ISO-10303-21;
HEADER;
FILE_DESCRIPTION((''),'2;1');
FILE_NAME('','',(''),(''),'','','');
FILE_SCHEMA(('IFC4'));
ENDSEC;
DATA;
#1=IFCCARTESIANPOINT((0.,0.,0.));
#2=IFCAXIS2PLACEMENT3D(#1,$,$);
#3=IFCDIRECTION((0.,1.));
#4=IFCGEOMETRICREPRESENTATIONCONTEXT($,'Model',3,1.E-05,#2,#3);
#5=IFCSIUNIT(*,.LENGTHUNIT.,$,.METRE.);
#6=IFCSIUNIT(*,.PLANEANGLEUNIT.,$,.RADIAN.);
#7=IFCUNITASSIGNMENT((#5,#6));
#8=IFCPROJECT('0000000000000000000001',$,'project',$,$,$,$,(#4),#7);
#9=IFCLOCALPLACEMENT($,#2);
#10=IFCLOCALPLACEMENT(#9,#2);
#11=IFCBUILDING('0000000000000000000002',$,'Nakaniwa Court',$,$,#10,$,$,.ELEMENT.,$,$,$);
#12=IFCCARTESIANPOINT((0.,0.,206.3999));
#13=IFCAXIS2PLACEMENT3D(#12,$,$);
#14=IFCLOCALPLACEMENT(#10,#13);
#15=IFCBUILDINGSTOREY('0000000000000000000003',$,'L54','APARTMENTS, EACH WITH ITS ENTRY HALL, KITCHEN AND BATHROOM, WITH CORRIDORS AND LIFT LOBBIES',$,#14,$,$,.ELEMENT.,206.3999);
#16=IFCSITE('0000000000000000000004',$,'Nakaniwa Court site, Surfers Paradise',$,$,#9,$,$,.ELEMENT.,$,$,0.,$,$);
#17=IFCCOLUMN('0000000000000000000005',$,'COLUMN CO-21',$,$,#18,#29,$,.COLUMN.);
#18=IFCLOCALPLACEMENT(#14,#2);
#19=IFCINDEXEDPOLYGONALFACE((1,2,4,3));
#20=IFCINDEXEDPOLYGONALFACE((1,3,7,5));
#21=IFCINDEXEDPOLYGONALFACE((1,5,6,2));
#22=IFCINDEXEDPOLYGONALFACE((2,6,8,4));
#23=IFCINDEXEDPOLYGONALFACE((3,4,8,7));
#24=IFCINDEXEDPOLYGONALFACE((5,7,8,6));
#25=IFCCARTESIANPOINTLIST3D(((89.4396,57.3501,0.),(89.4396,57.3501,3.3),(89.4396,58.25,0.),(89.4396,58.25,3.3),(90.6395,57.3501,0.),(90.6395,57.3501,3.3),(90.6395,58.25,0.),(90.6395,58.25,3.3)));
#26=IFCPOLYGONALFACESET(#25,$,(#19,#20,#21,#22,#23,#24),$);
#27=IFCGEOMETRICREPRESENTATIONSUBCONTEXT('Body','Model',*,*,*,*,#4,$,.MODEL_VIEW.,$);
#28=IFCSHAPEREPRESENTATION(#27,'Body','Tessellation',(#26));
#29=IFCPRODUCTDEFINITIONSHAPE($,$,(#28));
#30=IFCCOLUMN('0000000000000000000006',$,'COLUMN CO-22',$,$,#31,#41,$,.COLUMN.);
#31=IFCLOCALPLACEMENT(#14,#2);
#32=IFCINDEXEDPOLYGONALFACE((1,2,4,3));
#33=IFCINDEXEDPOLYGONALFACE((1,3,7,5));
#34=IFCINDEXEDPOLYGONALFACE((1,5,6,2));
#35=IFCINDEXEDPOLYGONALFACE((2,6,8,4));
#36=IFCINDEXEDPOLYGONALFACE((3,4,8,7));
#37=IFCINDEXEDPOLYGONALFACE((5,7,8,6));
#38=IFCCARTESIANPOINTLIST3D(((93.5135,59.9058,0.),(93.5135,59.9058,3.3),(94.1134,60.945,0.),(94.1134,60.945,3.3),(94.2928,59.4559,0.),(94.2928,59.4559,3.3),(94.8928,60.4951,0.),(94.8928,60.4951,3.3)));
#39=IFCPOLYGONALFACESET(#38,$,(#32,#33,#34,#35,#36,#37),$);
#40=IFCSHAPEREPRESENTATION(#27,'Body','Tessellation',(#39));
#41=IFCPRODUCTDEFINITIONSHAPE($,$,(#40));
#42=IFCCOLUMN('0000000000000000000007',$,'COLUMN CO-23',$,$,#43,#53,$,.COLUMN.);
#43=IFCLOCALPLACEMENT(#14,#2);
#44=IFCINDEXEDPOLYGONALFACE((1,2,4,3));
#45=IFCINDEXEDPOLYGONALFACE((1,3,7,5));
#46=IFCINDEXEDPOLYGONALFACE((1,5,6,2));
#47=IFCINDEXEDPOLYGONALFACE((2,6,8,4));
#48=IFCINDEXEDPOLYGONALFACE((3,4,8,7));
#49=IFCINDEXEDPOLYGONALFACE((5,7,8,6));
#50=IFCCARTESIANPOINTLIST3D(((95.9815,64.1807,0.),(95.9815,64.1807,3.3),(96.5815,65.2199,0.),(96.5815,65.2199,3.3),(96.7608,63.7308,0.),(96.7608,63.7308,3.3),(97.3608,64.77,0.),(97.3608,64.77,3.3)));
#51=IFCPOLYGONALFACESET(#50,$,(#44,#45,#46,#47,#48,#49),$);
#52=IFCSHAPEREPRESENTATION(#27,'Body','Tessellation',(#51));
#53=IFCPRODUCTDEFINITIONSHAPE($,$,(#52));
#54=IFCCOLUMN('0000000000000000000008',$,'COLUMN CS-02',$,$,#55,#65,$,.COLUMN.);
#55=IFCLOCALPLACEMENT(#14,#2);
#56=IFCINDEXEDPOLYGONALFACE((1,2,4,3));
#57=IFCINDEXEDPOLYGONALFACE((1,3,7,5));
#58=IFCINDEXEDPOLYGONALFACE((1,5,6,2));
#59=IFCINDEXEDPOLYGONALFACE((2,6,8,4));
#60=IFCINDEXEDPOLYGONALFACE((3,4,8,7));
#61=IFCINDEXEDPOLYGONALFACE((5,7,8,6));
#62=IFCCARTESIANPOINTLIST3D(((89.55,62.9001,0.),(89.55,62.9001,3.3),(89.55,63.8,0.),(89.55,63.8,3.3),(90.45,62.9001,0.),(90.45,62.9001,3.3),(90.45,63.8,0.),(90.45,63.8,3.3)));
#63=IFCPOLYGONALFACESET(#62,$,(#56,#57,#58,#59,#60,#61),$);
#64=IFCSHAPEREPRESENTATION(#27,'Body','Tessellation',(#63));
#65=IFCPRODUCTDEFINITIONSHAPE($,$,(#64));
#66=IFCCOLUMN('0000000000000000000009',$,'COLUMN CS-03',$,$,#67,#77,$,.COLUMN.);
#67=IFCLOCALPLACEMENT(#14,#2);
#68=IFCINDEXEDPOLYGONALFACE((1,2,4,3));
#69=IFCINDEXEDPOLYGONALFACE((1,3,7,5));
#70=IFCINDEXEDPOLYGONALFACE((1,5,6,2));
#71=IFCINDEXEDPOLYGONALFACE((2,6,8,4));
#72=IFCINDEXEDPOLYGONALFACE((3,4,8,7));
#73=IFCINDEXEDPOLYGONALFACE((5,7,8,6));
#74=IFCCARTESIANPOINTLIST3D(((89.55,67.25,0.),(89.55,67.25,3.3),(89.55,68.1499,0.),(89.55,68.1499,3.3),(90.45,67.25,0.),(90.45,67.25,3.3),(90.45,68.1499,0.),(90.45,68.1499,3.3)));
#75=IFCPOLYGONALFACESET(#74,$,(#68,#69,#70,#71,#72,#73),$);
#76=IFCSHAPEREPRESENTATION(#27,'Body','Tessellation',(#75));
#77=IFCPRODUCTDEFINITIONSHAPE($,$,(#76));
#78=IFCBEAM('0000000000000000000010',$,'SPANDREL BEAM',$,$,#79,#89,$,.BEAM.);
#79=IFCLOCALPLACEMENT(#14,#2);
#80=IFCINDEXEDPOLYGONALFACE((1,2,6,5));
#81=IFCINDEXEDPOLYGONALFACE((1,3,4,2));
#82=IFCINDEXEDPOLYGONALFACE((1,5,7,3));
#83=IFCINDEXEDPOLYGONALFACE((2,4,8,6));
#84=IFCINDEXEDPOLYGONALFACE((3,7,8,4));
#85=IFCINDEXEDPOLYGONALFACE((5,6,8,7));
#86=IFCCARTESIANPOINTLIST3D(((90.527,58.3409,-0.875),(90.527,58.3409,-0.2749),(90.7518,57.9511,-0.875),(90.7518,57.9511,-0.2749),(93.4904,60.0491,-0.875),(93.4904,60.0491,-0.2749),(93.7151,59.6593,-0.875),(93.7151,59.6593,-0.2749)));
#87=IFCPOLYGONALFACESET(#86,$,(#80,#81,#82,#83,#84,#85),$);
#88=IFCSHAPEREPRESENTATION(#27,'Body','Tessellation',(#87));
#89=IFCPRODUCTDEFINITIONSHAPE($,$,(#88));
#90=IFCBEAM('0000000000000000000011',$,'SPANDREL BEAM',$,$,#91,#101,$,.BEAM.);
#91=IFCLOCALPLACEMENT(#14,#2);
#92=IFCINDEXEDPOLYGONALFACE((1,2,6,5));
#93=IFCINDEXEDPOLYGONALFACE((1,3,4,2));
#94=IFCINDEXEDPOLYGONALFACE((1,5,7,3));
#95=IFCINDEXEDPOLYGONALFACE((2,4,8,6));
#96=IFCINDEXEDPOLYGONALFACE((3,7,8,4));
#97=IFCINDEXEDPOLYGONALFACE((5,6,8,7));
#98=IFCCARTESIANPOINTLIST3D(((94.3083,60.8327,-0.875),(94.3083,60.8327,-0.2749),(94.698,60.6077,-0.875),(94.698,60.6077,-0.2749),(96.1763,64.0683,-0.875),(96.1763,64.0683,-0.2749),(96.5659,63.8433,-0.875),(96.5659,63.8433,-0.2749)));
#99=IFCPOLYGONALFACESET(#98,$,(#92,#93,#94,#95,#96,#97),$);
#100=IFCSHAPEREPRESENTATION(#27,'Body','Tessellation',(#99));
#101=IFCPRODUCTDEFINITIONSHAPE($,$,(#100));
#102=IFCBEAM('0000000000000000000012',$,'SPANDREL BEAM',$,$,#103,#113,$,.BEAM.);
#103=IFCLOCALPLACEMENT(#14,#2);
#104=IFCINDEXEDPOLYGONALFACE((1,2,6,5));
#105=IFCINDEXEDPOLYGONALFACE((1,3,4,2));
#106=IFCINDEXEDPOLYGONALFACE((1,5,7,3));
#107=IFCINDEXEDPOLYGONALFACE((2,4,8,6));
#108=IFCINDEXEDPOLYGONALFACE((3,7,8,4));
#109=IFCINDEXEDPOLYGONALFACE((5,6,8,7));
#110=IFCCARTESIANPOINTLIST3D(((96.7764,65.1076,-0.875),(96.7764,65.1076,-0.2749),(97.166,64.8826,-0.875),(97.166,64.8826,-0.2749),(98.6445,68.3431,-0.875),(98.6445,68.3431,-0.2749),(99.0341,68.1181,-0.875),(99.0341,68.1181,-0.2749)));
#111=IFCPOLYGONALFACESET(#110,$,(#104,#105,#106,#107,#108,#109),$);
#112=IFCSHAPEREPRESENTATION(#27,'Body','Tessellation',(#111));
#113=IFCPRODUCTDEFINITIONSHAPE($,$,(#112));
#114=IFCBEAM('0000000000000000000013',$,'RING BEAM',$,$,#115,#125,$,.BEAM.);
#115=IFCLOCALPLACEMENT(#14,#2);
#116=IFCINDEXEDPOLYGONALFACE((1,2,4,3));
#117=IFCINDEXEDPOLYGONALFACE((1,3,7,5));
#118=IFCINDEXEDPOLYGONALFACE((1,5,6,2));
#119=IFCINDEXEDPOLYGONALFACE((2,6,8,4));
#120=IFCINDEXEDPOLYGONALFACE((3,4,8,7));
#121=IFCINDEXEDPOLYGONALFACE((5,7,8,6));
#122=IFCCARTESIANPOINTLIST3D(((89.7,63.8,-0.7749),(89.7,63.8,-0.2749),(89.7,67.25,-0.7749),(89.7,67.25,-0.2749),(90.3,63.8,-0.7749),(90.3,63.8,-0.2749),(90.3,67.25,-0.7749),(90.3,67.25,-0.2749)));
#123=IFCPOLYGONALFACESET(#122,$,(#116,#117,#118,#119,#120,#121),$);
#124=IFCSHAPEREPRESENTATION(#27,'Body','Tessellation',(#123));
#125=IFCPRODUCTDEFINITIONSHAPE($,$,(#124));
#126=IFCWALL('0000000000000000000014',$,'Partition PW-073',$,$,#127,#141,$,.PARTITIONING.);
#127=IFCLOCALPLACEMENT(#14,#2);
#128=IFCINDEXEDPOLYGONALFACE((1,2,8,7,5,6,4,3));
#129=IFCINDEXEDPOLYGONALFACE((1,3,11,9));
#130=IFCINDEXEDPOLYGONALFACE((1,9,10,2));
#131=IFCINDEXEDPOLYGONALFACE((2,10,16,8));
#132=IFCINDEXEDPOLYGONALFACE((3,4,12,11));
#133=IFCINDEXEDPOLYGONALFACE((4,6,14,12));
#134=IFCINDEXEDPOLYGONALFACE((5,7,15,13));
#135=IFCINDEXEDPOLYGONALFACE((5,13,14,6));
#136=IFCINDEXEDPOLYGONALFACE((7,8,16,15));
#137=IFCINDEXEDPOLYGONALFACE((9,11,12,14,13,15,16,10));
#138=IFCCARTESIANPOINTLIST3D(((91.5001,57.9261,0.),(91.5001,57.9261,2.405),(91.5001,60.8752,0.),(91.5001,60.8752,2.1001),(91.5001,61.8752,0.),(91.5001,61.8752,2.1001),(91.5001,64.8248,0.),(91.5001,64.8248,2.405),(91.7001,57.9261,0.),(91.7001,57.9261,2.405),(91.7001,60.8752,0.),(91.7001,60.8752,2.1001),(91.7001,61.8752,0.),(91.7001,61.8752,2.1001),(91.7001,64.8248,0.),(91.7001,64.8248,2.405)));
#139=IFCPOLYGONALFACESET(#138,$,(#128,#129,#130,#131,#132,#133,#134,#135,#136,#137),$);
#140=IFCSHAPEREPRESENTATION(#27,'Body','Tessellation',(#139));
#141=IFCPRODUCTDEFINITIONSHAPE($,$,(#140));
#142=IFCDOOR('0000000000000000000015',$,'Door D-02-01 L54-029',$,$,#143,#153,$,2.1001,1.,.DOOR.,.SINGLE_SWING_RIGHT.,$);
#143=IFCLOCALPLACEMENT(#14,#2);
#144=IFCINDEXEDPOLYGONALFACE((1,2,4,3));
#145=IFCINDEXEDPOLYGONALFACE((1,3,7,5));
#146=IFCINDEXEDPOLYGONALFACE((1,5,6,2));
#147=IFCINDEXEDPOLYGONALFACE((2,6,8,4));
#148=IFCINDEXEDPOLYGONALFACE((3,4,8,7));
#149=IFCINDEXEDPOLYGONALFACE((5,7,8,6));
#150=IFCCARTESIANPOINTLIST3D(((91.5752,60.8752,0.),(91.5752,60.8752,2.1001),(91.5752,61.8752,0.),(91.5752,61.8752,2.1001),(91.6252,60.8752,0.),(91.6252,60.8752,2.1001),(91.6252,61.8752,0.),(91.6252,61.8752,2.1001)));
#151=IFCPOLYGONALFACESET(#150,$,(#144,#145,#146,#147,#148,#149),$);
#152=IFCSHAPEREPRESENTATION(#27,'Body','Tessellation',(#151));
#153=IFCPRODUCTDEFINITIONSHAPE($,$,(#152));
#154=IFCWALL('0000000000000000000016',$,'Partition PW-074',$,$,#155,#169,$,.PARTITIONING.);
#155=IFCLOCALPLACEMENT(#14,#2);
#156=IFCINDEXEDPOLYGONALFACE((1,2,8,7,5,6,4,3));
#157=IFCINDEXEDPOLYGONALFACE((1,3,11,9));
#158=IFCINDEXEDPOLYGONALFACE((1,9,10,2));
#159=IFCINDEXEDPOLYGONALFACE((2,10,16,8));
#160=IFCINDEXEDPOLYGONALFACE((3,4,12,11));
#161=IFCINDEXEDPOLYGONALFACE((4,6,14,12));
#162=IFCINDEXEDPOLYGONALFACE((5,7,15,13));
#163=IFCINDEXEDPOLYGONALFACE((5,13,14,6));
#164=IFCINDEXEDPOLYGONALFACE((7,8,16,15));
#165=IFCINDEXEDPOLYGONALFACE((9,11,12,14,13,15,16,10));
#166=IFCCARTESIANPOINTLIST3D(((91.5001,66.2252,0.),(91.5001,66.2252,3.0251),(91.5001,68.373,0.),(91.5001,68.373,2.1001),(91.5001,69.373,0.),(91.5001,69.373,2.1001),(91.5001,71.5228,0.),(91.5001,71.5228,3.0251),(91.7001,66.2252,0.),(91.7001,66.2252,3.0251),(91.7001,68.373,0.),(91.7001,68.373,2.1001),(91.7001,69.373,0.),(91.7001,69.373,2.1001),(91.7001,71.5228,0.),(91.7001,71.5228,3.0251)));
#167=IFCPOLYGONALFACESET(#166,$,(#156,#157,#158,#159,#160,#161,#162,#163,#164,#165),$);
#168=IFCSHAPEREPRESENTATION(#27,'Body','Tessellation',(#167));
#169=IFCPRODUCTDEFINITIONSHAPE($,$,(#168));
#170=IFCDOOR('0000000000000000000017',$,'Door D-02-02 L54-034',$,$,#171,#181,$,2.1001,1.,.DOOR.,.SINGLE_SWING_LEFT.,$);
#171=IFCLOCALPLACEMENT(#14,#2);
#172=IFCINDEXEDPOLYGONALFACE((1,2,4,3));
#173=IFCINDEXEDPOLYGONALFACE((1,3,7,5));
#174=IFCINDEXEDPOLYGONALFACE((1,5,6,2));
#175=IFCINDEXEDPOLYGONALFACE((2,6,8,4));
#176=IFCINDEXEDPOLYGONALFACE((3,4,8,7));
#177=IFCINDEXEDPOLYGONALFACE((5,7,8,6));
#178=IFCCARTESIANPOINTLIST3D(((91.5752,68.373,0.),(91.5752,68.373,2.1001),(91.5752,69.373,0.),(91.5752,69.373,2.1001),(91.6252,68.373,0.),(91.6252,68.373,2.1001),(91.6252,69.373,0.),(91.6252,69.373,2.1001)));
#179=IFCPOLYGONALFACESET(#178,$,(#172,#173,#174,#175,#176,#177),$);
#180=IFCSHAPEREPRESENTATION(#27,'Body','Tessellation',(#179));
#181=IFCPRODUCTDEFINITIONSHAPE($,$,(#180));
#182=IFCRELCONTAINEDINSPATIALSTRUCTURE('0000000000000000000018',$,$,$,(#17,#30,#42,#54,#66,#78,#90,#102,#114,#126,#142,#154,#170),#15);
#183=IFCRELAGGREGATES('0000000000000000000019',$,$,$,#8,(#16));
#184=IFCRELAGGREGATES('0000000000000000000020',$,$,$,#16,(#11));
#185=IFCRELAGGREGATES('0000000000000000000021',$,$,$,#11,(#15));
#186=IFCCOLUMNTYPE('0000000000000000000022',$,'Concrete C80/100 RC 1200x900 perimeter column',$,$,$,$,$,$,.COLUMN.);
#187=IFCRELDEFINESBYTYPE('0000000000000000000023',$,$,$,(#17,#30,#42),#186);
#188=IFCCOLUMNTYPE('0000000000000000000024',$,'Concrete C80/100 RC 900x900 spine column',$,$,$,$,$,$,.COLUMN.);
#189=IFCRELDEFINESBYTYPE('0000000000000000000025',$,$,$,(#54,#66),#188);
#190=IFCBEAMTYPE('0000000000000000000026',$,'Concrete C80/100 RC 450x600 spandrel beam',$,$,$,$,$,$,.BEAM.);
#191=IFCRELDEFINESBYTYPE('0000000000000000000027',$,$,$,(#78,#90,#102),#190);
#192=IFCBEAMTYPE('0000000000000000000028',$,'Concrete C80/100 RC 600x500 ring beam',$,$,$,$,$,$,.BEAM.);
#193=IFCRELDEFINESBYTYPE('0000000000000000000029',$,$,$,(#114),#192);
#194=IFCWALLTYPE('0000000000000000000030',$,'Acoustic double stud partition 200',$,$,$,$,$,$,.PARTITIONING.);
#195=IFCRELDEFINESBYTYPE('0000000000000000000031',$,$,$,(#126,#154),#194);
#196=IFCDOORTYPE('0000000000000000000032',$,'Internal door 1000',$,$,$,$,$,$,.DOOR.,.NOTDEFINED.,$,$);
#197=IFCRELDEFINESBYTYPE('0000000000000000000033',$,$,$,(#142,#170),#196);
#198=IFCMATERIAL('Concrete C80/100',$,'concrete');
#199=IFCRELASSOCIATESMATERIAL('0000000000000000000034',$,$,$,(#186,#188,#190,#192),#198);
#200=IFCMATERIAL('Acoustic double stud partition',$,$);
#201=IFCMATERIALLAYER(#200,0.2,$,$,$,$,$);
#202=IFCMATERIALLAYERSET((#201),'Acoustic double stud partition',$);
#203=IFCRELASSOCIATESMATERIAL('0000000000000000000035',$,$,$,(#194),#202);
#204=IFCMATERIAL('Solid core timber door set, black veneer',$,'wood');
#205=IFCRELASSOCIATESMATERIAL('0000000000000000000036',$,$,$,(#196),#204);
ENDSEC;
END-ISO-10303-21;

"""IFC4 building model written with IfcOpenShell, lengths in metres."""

from ifc_helpers import new_model, si_unit, direction, frame, frame_2d, origin, origin_2d, place, context, subcontext, project, spatial, rectangle, extrude, material, layer, layer_set, material_profile, profile_set, type_object, element, fill, save


model = new_model("IFC4")

# Units and contexts
model_context = context("Model", 3, precision=1e-05, world=origin(), true_north=direction((0.0, 1.0)))
body_context = subcontext(model_context, "Body", "Model", "MODEL_VIEW")
ifc_project = project(units=[si_unit("LENGTHUNIT", "METRE"), si_unit("PLANEANGLEUNIT", "RADIAN")], contexts=[model_context])

# Site, building, storey
site_placement = place(None, origin())
site = spatial("IfcSite", under=ifc_project, at=site_placement, Name="Nakaniwa Court site, Surfers Paradise", CompositionType="ELEMENT", RefElevation=0.0)
building_placement = place(site_placement, origin())
building = spatial("IfcBuilding", under=site, at=building_placement, Name="Nakaniwa Court", CompositionType="ELEMENT")
storey_placement = place(building_placement, frame((0.0, 0.0, 206.3999)))
storey = spatial("IfcBuildingStorey", under=building, at=storey_placement, Name="L54", Description="APARTMENTS, EACH WITH ITS ENTRY HALL, KITCHEN AND BATHROOM, WITH CORRIDORS AND LIFT LOBBIES", CompositionType="ELEMENT", Elevation=206.3999)

# Columns
ifc_material_1 = material(Name="Concrete C80/100", Category="concrete")
ifc_material_profile_1 = material_profile(ifc_material_1, rectangle(XDim=1.2, YDim=0.8999, at=origin_2d()), Name="Concrete C80/100 RC 1200x900 perimeter column")
ifc_profile_set_1 = profile_set([ifc_material_profile_1], Name="Concrete C80/100")
column_type_1 = type_object("IfcColumnType", Name="Concrete C80/100 RC 1200x900 perimeter column", PredefinedType="COLUMN", material=ifc_profile_set_1)
for number, where, z_axis, x_axis, name in (
    (1, (90.0396, 57.8, 0.0), (0.0, 0.0, 1.0), (1.0, 0.0, 0.0), "COLUMN CO-21"),
    (2, (94.2031, 60.2004, 0.0), (0.0, 0.0, 1.0), (0.5, 0.866025, 0.0), "COLUMN CO-22"),
    (3, (96.6711, 64.4753, 0.0), (0.0, 0.0, 1.0), (0.5, 0.866025, 0.0), "COLUMN CO-23"),
):
    element("IfcColumn", number, at=place(storey_placement, frame(where, z_axis=z_axis, x_axis=x_axis)), inside=storey, type_object=column_type_1, Name=name, PredefinedType="COLUMN", context=body_context, shape_type="SweptSolid", body=[
        extrude(rectangle(XDim=1.2, YDim=0.8999, at=origin_2d()), origin(), (0.0, 0.0, 1.0), 3.3),
    ])
ifc_material_profile_2 = material_profile(ifc_material_1, rectangle(XDim=0.8999, YDim=0.8999, at=origin_2d()), Name="Concrete C80/100 RC 900x900 spine column")
ifc_profile_set_2 = profile_set([ifc_material_profile_2], Name="Concrete C80/100")
column_type_2 = type_object("IfcColumnType", Name="Concrete C80/100 RC 900x900 spine column", PredefinedType="COLUMN", material=ifc_profile_set_2)
for number, where, z_axis, x_axis, name in (
    (4, (90.0, 63.3501, 0.0), (0.0, 0.0, 1.0), (0.0, 1.0, 0.0), "COLUMN CS-02"),
    (5, (90.0, 67.7, 0.0), (0.0, 0.0, 1.0), (0.0, 1.0, 0.0), "COLUMN CS-03"),
):
    element("IfcColumn", number, at=place(storey_placement, frame(where, z_axis=z_axis, x_axis=x_axis)), inside=storey, type_object=column_type_2, Name=name, PredefinedType="COLUMN", context=body_context, shape_type="SweptSolid", body=[
        extrude(rectangle(XDim=0.8999, YDim=0.8999, at=origin_2d()), origin(), (0.0, 0.0, 1.0), 3.3),
    ])

# Beams
ifc_material_profile_3 = material_profile(ifc_material_1, rectangle(XDim=0.45, YDim=0.6001, at=origin_2d()), Name="Concrete C80/100 RC 450x600 spandrel beam")
ifc_profile_set_3 = profile_set([ifc_material_profile_3], Name="Concrete C80/100")
beam_type_1 = type_object("IfcBeamType", Name="Concrete C80/100 RC 450x600 spandrel beam", PredefinedType="BEAM", material=ifc_profile_set_3)
beam_1_placement = place(storey_placement, frame((90.6394, 58.146, -0.575), z_axis=(0.866361, 0.499418, 0.0), x_axis=(-0.499418, 0.866361, 0.0)))
element("IfcBeam", 6, at=beam_1_placement, inside=storey, type_object=beam_type_1, Name="SPANDREL BEAM", PredefinedType="BEAM", context=body_context, shape_type="SweptSolid", body=[
    extrude(rectangle(XDim=0.45, YDim=0.6001, at=origin_2d()), origin(), (0.0, 0.0, 1.0), 3.4204),
])
for number, where, z_axis, x_axis, name in (
    (7, (94.5032, 60.7202, -0.575), (0.499969, 0.866043, 0.0), (-0.866043, 0.499969, 0.0), "SPANDREL BEAM"),
    (8, (96.9712, 64.9951, -0.575), (0.500018, 0.866015, 0.0), (-0.866015, 0.500018, 0.0), "SPANDREL BEAM"),
):
    element("IfcBeam", number, at=place(storey_placement, frame(where, z_axis=z_axis, x_axis=x_axis)), inside=storey, type_object=beam_type_1, Name=name, PredefinedType="BEAM", context=body_context, shape_type="SweptSolid", body=[
        extrude(rectangle(XDim=0.45, YDim=0.6001, at=origin_2d()), origin(), (0.0, 0.0, 1.0), 3.7361),
    ])
ifc_material_profile_4 = material_profile(ifc_material_1, rectangle(XDim=0.6001, YDim=0.5, at=origin_2d()), Name="Concrete C80/100 RC 600x500 ring beam")
ifc_profile_set_4 = profile_set([ifc_material_profile_4], Name="Concrete C80/100")
beam_type_2 = type_object("IfcBeamType", Name="Concrete C80/100 RC 600x500 ring beam", PredefinedType="BEAM", material=ifc_profile_set_4)
beam_2_placement = place(storey_placement, frame((90.0, 63.8, -0.5249), z_axis=(0.0, 1.0, 0.0), x_axis=(-1.0, 0.0, 0.0)))
element("IfcBeam", 9, at=beam_2_placement, inside=storey, type_object=beam_type_2, Name="RING BEAM", PredefinedType="BEAM", context=body_context, shape_type="SweptSolid", body=[
    extrude(rectangle(XDim=0.6001, YDim=0.5, at=origin_2d()), origin(), (0.0, 0.0, 1.0), 3.45),
])

# Walls, openings, doors
ifc_material_2 = material(Name="Acoustic double stud partition")
ifc_layer_1 = layer(ifc_material_2, 0.2)
ifc_layer_set_1 = layer_set([ifc_layer_1], Name="Acoustic double stud partition")
wall_type_1 = type_object("IfcWallType", Name="Acoustic double stud partition 200", PredefinedType="PARTITIONING", material=ifc_layer_set_1)
wall_1_placement = place(storey_placement, frame((91.6001, 57.9263, 0.0), z_axis=(0.0, 0.0, 1.0), x_axis=(0.0, 1.0, 0.0)))
wall_1 = element("IfcWall", 10, at=wall_1_placement, inside=storey, type_object=wall_type_1, Name="Partition PW-073", PredefinedType="PARTITIONING", context=body_context, shape_type="SweptSolid", body=[
    extrude(rectangle(XDim=6.8987, YDim=0.2, at=frame_2d((3.4492, 0.0))), origin(), (0.0, 0.0, 1.0), 2.405),
])
opening_1_placement = place(wall_1_placement, frame((2.949, 0.0, 0.0)))
opening_1 = element("IfcOpeningElement", 11, at=opening_1_placement, cuts=wall_1, PredefinedType="OPENING", context=body_context, shape_type="SweptSolid", body=[
    extrude(rectangle(XDim=1.0, YDim=2.1001, at=frame_2d((0.5, 1.05))), frame((0.0, 0.1099, 0.0), z_axis=(0.0, -1.0, 0.0), x_axis=(1.0, 0.0, 0.0)), (0.0, 0.0, 1.0), 0.22),
])
ifc_material_3 = material(Name="Solid core timber door set, black veneer", Category="wood")
door_type_1 = type_object("IfcDoorType", Name="Internal door 1000", OperationType="NOTDEFINED", PredefinedType="DOOR", material=ifc_material_3)
door_1_placement = place(opening_1_placement, origin())
door_1 = element("IfcDoor", 12, at=door_1_placement, inside=storey, type_object=door_type_1, Name="Door D-02-01 L54-029", OperationType="SINGLE_SWING_RIGHT", OverallHeight=2.1001, OverallWidth=1.0, PredefinedType="DOOR", context=body_context, shape_type="SweptSolid", body=[
    extrude(rectangle(XDim=1.0, YDim=2.1001, at=frame_2d((0.5, 1.05))), frame((0.0, 0.0249, 0.0), z_axis=(0.0, -1.0, 0.0), x_axis=(1.0, 0.0, 0.0)), (0.0, 0.0, 1.0), 0.05),
])
fill(opening_1, door_1)
wall_2_placement = place(storey_placement, frame((91.6001, 66.2251, 0.0), z_axis=(0.0, 0.0, 1.0), x_axis=(0.0, 1.0, 0.0)))
wall_2 = element("IfcWall", 13, at=wall_2_placement, inside=storey, type_object=wall_type_1, Name="Partition PW-074", PredefinedType="PARTITIONING", context=body_context, shape_type="SweptSolid", body=[
    extrude(rectangle(XDim=5.2976, YDim=0.2, at=frame_2d((2.6489, 0.0))), origin(), (0.0, 0.0, 1.0), 3.0251),
])
opening_2_placement = place(wall_2_placement, frame((2.1479, 0.0, 0.0)))
opening_2 = element("IfcOpeningElement", 14, at=opening_2_placement, cuts=wall_2, PredefinedType="OPENING", context=body_context, shape_type="SweptSolid", body=[
    extrude(rectangle(XDim=1.0, YDim=2.1001, at=frame_2d((0.5, 1.05))), frame((0.0, 0.1099, 0.0), z_axis=(0.0, -1.0, 0.0), x_axis=(1.0, 0.0, 0.0)), (0.0, 0.0, 1.0), 0.22),
])
door_2_placement = place(opening_2_placement, origin())
door_2 = element("IfcDoor", 15, at=door_2_placement, inside=storey, type_object=door_type_1, Name="Door D-02-02 L54-034", OperationType="SINGLE_SWING_LEFT", OverallHeight=2.1001, OverallWidth=1.0, PredefinedType="DOOR", context=body_context, shape_type="SweptSolid", body=[
    extrude(rectangle(XDim=1.0, YDim=2.1001, at=frame_2d((0.5, 1.05))), frame((0.0, 0.0249, 0.0), z_axis=(0.0, -1.0, 0.0), x_axis=(1.0, 0.0, 0.0)), (0.0, 0.0, 1.0), 0.05),
])
fill(opening_2, door_2)

save(model, "model.ifc")
